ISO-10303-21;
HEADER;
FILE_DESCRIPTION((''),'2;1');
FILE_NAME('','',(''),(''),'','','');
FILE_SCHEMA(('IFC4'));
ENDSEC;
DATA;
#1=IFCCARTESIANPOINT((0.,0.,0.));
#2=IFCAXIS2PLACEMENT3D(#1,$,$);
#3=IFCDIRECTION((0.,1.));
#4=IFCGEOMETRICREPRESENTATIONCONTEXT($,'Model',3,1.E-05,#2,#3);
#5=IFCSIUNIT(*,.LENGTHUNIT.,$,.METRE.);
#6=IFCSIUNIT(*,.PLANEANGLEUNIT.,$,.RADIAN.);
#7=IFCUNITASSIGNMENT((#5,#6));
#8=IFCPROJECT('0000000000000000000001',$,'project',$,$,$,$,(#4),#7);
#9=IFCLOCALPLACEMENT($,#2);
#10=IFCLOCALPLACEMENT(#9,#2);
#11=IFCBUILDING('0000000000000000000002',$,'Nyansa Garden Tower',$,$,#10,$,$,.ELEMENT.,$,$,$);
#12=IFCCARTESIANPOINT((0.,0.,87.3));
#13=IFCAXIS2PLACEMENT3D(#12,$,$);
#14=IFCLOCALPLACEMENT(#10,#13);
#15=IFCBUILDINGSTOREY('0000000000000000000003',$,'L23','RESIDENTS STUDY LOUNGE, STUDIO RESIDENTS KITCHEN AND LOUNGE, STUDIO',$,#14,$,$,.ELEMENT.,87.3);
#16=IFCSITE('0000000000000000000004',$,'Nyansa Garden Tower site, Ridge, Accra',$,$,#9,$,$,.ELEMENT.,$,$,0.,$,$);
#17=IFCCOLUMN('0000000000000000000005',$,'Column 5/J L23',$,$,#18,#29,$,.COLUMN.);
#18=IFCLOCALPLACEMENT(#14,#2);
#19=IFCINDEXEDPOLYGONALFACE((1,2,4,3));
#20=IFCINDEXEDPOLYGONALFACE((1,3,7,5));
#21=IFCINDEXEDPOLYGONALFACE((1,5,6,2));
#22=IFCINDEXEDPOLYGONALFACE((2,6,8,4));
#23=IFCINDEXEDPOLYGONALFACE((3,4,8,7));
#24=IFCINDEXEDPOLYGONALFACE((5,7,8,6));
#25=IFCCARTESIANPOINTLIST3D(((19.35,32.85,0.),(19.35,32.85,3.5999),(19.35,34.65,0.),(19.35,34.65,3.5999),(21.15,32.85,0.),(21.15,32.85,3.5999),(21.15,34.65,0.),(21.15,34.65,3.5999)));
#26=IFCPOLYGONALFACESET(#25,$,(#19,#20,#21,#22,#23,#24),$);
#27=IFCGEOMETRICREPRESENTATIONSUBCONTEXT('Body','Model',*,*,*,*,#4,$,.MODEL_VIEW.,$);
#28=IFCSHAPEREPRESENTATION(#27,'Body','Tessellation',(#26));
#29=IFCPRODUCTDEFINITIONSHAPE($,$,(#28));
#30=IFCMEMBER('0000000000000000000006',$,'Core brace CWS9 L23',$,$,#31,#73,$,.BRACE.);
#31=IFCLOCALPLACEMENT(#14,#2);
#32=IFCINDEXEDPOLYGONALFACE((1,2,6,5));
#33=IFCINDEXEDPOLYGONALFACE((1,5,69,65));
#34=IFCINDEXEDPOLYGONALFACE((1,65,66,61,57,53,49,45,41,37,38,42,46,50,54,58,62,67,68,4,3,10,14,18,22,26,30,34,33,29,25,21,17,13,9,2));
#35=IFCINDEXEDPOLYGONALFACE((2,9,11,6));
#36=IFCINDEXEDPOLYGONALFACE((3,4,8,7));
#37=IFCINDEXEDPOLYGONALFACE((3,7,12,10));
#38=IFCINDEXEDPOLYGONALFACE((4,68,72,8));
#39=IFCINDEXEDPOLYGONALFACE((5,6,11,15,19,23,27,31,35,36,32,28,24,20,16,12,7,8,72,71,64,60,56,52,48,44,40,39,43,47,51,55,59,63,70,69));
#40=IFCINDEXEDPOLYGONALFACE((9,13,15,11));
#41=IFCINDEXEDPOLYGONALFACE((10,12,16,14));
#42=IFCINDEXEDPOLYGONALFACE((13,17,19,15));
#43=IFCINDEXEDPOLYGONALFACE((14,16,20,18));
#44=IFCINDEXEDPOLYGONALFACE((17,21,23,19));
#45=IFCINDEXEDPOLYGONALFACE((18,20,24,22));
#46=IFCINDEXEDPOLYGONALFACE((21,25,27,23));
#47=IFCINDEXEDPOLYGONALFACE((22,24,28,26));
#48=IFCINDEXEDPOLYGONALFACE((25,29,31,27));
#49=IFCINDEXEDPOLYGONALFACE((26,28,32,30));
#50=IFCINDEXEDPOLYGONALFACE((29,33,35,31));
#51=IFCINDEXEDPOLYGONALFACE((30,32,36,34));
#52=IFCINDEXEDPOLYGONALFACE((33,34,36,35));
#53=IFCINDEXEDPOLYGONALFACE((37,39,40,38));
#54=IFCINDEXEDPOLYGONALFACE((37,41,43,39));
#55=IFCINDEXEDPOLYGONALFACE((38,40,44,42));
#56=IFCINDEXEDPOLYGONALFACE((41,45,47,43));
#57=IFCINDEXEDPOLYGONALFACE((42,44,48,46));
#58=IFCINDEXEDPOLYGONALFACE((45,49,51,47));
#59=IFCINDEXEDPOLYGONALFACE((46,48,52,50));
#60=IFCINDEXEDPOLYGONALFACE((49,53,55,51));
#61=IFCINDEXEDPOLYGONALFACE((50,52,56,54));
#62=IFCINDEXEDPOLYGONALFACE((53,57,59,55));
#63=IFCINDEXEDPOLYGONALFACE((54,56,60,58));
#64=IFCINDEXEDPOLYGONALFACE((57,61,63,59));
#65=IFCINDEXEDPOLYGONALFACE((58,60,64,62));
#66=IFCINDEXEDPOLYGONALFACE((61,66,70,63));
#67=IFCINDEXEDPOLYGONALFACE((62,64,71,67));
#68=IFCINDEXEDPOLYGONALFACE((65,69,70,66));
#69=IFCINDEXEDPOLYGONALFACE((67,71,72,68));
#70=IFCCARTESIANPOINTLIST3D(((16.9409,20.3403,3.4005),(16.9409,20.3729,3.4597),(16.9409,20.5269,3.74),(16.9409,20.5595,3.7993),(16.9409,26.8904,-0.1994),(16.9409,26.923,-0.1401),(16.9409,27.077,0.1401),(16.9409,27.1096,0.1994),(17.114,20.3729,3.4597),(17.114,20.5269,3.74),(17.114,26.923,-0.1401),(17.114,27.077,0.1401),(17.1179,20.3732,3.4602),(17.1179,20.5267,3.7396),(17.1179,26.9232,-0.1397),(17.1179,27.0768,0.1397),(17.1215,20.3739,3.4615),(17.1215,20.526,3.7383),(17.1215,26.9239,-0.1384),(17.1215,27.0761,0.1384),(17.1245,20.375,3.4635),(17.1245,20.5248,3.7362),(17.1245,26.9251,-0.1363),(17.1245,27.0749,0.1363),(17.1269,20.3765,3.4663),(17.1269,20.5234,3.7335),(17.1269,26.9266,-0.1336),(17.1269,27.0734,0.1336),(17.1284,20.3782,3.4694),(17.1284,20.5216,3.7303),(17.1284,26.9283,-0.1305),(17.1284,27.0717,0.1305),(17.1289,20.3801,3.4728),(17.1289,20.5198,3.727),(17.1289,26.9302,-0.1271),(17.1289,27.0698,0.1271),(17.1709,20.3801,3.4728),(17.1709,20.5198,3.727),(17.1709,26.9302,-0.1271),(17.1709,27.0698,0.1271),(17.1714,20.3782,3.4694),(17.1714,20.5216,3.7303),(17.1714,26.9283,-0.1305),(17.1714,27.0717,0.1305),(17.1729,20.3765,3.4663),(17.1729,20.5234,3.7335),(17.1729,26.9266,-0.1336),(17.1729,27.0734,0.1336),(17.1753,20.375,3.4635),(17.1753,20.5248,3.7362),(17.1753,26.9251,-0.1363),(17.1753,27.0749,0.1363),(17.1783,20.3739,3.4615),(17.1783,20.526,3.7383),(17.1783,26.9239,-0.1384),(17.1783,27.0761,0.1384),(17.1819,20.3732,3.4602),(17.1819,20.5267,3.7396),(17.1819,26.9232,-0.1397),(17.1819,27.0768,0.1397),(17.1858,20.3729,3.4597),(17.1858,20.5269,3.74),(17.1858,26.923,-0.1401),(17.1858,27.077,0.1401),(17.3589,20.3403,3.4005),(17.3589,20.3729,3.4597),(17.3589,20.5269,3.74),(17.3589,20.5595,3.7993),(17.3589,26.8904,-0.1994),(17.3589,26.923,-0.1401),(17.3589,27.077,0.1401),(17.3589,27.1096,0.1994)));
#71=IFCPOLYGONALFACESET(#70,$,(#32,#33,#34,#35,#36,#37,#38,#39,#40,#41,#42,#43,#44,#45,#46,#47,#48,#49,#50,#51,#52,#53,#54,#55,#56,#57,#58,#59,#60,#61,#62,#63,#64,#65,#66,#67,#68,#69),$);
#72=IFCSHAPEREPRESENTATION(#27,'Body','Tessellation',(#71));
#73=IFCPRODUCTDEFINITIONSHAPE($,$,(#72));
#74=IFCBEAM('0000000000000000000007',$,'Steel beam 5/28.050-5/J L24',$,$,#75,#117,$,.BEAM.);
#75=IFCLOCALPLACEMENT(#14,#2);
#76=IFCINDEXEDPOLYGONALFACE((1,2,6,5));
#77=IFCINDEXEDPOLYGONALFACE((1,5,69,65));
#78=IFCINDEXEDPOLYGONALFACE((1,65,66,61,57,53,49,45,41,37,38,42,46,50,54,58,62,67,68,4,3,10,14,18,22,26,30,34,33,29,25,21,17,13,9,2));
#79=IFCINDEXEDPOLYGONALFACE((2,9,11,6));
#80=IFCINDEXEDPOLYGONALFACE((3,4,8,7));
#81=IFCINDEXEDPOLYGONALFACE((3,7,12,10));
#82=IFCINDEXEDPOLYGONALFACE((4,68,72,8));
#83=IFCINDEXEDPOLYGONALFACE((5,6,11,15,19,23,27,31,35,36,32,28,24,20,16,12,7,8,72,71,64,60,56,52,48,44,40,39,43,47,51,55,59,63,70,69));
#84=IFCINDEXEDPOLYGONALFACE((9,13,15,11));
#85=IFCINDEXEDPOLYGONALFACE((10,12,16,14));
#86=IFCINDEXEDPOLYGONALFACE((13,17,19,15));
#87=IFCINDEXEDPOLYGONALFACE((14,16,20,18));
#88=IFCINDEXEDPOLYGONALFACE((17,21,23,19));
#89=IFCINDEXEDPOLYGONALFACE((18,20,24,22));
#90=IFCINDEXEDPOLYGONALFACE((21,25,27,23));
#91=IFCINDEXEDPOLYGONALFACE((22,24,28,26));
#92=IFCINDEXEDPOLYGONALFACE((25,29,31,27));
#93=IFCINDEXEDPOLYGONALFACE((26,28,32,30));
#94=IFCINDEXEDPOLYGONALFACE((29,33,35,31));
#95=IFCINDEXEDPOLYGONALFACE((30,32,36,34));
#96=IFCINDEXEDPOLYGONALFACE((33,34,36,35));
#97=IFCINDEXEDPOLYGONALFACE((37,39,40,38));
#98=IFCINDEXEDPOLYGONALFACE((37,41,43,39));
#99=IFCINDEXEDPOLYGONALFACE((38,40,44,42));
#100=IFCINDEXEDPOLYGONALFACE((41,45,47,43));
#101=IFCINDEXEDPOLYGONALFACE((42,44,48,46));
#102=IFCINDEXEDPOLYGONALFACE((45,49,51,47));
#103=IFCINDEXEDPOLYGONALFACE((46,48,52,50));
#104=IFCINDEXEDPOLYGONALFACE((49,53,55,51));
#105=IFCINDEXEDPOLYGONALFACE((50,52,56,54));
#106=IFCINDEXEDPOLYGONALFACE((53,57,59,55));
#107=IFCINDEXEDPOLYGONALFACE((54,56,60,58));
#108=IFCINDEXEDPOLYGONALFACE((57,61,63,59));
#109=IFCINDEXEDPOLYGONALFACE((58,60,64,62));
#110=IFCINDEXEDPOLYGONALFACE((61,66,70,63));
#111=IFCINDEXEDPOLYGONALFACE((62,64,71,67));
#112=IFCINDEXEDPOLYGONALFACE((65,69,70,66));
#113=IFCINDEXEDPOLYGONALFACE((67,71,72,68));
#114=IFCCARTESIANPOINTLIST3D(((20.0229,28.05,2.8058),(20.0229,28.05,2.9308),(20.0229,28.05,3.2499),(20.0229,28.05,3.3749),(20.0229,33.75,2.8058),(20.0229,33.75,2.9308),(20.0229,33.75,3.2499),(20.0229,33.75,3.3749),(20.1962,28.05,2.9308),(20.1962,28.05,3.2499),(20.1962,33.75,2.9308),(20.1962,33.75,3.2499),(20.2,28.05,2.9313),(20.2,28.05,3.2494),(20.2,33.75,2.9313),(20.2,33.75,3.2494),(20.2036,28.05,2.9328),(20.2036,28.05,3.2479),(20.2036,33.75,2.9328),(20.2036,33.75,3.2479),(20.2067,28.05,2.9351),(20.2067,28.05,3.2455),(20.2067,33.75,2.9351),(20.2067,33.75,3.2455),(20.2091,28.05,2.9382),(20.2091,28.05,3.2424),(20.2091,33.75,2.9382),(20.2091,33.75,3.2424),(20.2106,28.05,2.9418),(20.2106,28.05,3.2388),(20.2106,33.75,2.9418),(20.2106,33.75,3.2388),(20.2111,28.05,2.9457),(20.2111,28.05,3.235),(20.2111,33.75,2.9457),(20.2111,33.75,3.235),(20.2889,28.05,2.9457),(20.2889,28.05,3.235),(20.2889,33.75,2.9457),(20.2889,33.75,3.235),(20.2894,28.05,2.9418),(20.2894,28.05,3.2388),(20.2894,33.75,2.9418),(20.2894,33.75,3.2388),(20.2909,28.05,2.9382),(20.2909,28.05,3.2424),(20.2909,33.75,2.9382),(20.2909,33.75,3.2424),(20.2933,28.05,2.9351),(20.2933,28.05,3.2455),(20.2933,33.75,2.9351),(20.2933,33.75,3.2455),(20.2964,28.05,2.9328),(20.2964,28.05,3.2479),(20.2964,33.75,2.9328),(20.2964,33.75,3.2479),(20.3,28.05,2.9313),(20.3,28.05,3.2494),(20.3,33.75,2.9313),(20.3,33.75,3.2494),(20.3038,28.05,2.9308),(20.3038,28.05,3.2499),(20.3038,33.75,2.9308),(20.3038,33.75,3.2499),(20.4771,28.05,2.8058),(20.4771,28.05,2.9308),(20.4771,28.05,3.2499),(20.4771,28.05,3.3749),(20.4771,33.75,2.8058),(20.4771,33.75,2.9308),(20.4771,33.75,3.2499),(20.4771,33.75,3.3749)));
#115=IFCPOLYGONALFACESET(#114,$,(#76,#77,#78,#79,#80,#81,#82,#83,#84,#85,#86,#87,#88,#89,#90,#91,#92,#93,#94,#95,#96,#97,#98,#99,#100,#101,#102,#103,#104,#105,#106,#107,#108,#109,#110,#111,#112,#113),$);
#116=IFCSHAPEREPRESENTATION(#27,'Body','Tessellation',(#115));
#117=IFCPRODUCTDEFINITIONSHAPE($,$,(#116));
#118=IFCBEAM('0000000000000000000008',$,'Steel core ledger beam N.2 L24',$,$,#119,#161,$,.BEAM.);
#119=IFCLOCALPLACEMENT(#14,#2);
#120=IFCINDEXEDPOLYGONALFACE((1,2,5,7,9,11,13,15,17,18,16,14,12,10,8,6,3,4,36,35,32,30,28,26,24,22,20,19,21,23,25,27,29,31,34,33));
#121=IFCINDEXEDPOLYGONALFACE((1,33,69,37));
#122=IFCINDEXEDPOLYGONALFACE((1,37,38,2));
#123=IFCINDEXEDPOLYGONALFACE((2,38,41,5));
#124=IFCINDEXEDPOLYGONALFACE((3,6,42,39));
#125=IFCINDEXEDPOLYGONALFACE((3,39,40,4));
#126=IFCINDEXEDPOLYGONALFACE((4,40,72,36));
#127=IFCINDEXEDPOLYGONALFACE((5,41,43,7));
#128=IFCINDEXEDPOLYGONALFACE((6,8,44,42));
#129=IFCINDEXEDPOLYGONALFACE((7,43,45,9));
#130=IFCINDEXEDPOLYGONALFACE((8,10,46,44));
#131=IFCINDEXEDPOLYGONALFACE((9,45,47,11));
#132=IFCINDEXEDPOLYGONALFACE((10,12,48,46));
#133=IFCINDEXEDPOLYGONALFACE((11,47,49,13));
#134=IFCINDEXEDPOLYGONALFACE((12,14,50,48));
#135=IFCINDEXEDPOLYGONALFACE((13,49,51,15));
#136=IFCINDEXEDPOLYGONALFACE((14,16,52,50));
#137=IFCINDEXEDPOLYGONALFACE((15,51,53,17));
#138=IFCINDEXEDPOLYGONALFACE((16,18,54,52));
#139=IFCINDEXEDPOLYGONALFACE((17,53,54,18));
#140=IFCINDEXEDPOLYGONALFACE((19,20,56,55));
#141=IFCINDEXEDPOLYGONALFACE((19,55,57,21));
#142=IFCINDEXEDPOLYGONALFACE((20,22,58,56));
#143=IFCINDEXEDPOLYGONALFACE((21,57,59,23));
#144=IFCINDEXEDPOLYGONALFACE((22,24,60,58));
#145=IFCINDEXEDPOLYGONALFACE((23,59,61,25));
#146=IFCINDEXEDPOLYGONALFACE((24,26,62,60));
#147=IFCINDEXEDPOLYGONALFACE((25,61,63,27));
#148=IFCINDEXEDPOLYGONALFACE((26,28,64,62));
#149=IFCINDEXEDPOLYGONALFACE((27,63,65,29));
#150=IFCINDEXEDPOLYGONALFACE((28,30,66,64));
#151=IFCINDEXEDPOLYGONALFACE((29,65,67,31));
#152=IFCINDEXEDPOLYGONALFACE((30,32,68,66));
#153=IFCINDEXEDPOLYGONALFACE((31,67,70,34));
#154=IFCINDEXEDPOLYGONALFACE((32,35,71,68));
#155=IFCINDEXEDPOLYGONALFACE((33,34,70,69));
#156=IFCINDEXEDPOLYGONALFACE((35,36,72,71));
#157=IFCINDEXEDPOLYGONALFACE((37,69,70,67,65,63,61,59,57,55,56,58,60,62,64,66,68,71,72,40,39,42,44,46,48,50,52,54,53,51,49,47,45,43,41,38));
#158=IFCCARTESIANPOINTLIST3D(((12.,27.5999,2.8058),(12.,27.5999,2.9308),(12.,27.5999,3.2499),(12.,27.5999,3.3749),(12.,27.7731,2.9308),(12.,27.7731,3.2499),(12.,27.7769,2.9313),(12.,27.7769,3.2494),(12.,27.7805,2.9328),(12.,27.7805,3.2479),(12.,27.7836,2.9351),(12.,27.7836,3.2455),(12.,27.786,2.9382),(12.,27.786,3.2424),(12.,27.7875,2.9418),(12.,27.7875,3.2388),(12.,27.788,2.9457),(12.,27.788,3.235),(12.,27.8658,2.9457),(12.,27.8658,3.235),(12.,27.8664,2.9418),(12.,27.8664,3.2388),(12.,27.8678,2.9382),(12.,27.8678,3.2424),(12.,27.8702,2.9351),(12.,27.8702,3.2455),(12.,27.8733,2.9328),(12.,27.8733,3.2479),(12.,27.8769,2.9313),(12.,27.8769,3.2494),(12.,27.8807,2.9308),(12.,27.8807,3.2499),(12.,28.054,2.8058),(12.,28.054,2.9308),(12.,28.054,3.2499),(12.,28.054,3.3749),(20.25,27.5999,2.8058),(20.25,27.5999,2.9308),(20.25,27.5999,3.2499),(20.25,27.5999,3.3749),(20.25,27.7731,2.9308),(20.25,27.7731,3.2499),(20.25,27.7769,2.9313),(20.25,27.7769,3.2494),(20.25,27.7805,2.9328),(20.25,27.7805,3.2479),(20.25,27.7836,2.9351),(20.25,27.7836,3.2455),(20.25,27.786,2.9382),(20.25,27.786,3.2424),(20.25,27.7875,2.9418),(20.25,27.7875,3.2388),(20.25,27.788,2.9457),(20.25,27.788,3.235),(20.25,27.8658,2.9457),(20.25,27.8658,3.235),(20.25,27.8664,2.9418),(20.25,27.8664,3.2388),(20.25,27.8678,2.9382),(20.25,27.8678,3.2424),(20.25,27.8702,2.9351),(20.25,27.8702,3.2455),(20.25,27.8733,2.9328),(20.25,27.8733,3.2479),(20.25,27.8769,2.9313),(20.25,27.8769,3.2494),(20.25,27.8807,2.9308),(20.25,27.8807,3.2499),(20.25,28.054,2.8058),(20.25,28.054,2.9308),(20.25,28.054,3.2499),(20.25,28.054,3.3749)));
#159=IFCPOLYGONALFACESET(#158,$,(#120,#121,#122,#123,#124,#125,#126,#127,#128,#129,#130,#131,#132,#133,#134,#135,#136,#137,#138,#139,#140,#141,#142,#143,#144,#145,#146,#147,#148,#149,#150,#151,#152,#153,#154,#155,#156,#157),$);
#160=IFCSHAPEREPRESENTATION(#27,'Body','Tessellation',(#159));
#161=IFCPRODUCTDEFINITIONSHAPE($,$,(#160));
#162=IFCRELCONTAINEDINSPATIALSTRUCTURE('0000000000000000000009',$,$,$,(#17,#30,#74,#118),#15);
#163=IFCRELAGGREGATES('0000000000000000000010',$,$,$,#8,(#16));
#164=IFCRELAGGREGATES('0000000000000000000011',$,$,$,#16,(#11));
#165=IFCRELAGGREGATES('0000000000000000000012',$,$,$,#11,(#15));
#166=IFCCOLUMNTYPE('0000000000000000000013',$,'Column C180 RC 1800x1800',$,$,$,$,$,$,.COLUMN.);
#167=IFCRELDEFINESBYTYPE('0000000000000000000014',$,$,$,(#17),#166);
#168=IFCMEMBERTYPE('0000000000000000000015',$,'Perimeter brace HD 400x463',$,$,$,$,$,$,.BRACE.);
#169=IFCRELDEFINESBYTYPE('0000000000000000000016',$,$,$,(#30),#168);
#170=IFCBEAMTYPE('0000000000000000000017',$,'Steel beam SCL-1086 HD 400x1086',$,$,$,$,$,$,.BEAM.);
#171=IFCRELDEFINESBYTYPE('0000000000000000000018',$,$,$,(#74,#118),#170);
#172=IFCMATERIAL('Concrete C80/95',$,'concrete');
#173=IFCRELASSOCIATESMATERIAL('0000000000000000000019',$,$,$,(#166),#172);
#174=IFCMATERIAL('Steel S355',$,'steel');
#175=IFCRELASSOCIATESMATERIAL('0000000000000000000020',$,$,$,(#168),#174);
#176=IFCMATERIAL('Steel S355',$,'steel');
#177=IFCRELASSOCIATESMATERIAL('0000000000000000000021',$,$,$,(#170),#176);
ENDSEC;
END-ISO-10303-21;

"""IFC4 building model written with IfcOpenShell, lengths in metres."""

from ifc_helpers import new_model, si_unit, direction, frame, origin, origin_2d, place, context, subcontext, project, spatial, rectangle, i_section, extrude, material, material_profile, profile_set, type_object, element, save


model = new_model("IFC4")

# Units and contexts
model_context = context("Model", 3, precision=1e-05, world=origin(), true_north=direction((0.0, 1.0)))
body_context = subcontext(model_context, "Body", "Model", "MODEL_VIEW")
ifc_project = project(units=[si_unit("LENGTHUNIT", "METRE"), si_unit("PLANEANGLEUNIT", "RADIAN")], contexts=[model_context])

# Site, building, storey
site_placement = place(None, origin())
site = spatial("IfcSite", under=ifc_project, at=site_placement, Name="Nyansa Garden Tower site, Ridge, Accra", CompositionType="ELEMENT", RefElevation=0.0)
building_placement = place(site_placement, origin())
building = spatial("IfcBuilding", under=site, at=building_placement, Name="Nyansa Garden Tower", CompositionType="ELEMENT")
storey_placement = place(building_placement, frame((0.0, 0.0, 87.3)))
storey = spatial("IfcBuildingStorey", under=building, at=storey_placement, Name="L23", Description="RESIDENTS STUDY LOUNGE, STUDIO RESIDENTS KITCHEN AND LOUNGE, STUDIO", CompositionType="ELEMENT", Elevation=87.3)

# Column
ifc_material_1 = material(Name="Concrete C80/95", Category="concrete")
ifc_material_profile_1 = material_profile(ifc_material_1, rectangle(XDim=1.8, YDim=1.8, at=origin_2d()), Name="RC 1800x1800")
ifc_profile_set_1 = profile_set([ifc_material_profile_1], Name="Concrete C80/95")
column_type = type_object("IfcColumnType", Name="Column C180 RC 1800x1800", PredefinedType="COLUMN", material=ifc_profile_set_1)
column_placement = place(storey_placement, frame((20.25, 33.75, 0.0), z_axis=(0.0, 0.0, 1.0), x_axis=(1.0, 0.0, 0.0)))
element("IfcColumn", 1, at=column_placement, inside=storey, type_object=column_type, Name="Column 5/J L23", PredefinedType="COLUMN", context=body_context, shape_type="SweptSolid", body=[
    extrude(rectangle(XDim=1.8, YDim=1.8, at=origin_2d()), origin(), (0.0, 0.0, 1.0), 3.5999),
])

# Member
ifc_material_2 = material(Name="Steel S355", Category="steel")
ifc_material_profile_2 = material_profile(ifc_material_2, i_section(OverallWidth=0.418, OverallDepth=0.4551, WebThickness=0.042, FlangeThickness=0.0676, FilletRadius=0.0149, at=origin_2d()), Name="HD 400x463")
ifc_profile_set_2 = profile_set([ifc_material_profile_2], Name="Steel S355")
member_type = type_object("IfcMemberType", Name="Perimeter brace HD 400x463", PredefinedType="BRACE", material=ifc_profile_set_2)
member_placement = place(storey_placement, frame((17.1499, 27.0, 0.0), z_axis=(0.0, -0.876367, 0.481644), x_axis=(1.0, 0.0, 0.0)))
element("IfcMember", 2, at=member_placement, inside=storey, type_object=member_type, Name="Core brace CWS9 L23", PredefinedType="BRACE", context=body_context, shape_type="SweptSolid", body=[
    extrude(i_section(OverallWidth=0.418, OverallDepth=0.4551, WebThickness=0.042, FlangeThickness=0.0676, FilletRadius=0.0149, at=origin_2d()), origin(), (0.0, 0.0, 1.0), 7.4741),
])

# Beams
ifc_material_3 = material(Name="Steel S355", Category="steel")
ifc_material_profile_3 = material_profile(ifc_material_3, i_section(OverallWidth=0.4541, OverallDepth=0.5691, WebThickness=0.0779, FlangeThickness=0.125, FilletRadius=0.0149, at=origin_2d()), Name="HD 400x1086")
ifc_profile_set_3 = profile_set([ifc_material_profile_3], Name="Steel S355")
beam_type_1 = type_object("IfcBeamType", Name="Steel beam SCL-1086 HD 400x1086", PredefinedType="BEAM", material=ifc_profile_set_3)
beam_1_placement = place(storey_placement, frame((20.25, 28.05, 3.0903), z_axis=(0.0, 1.0, 0.0), x_axis=(-1.0, 0.0, 0.0)))
element("IfcBeam", 3, at=beam_1_placement, inside=storey, type_object=beam_type_1, Name="Steel beam 5/28.050-5/J L24", PredefinedType="BEAM", context=body_context, shape_type="SweptSolid", body=[
    extrude(i_section(OverallWidth=0.4541, OverallDepth=0.5691, WebThickness=0.0779, FlangeThickness=0.125, FilletRadius=0.0149, at=origin_2d()), origin(), (0.0, 0.0, 1.0), 5.7),
])
beam_2_placement = place(storey_placement, frame((20.25, 27.8269, 3.0903), z_axis=(-1.0, 0.0, 0.0), x_axis=(0.0, -1.0, 0.0)))
element("IfcBeam", 4, at=beam_2_placement, inside=storey, type_object=beam_type_1, Name="Steel core ledger beam N.2 L24", PredefinedType="BEAM", context=body_context, shape_type="SweptSolid", body=[
    extrude(i_section(OverallWidth=0.4541, OverallDepth=0.5691, WebThickness=0.0779, FlangeThickness=0.125, FilletRadius=0.0149, at=origin_2d()), origin(), (0.0, 0.0, 1.0), 8.25),
])

save(model, "model.ifc")
